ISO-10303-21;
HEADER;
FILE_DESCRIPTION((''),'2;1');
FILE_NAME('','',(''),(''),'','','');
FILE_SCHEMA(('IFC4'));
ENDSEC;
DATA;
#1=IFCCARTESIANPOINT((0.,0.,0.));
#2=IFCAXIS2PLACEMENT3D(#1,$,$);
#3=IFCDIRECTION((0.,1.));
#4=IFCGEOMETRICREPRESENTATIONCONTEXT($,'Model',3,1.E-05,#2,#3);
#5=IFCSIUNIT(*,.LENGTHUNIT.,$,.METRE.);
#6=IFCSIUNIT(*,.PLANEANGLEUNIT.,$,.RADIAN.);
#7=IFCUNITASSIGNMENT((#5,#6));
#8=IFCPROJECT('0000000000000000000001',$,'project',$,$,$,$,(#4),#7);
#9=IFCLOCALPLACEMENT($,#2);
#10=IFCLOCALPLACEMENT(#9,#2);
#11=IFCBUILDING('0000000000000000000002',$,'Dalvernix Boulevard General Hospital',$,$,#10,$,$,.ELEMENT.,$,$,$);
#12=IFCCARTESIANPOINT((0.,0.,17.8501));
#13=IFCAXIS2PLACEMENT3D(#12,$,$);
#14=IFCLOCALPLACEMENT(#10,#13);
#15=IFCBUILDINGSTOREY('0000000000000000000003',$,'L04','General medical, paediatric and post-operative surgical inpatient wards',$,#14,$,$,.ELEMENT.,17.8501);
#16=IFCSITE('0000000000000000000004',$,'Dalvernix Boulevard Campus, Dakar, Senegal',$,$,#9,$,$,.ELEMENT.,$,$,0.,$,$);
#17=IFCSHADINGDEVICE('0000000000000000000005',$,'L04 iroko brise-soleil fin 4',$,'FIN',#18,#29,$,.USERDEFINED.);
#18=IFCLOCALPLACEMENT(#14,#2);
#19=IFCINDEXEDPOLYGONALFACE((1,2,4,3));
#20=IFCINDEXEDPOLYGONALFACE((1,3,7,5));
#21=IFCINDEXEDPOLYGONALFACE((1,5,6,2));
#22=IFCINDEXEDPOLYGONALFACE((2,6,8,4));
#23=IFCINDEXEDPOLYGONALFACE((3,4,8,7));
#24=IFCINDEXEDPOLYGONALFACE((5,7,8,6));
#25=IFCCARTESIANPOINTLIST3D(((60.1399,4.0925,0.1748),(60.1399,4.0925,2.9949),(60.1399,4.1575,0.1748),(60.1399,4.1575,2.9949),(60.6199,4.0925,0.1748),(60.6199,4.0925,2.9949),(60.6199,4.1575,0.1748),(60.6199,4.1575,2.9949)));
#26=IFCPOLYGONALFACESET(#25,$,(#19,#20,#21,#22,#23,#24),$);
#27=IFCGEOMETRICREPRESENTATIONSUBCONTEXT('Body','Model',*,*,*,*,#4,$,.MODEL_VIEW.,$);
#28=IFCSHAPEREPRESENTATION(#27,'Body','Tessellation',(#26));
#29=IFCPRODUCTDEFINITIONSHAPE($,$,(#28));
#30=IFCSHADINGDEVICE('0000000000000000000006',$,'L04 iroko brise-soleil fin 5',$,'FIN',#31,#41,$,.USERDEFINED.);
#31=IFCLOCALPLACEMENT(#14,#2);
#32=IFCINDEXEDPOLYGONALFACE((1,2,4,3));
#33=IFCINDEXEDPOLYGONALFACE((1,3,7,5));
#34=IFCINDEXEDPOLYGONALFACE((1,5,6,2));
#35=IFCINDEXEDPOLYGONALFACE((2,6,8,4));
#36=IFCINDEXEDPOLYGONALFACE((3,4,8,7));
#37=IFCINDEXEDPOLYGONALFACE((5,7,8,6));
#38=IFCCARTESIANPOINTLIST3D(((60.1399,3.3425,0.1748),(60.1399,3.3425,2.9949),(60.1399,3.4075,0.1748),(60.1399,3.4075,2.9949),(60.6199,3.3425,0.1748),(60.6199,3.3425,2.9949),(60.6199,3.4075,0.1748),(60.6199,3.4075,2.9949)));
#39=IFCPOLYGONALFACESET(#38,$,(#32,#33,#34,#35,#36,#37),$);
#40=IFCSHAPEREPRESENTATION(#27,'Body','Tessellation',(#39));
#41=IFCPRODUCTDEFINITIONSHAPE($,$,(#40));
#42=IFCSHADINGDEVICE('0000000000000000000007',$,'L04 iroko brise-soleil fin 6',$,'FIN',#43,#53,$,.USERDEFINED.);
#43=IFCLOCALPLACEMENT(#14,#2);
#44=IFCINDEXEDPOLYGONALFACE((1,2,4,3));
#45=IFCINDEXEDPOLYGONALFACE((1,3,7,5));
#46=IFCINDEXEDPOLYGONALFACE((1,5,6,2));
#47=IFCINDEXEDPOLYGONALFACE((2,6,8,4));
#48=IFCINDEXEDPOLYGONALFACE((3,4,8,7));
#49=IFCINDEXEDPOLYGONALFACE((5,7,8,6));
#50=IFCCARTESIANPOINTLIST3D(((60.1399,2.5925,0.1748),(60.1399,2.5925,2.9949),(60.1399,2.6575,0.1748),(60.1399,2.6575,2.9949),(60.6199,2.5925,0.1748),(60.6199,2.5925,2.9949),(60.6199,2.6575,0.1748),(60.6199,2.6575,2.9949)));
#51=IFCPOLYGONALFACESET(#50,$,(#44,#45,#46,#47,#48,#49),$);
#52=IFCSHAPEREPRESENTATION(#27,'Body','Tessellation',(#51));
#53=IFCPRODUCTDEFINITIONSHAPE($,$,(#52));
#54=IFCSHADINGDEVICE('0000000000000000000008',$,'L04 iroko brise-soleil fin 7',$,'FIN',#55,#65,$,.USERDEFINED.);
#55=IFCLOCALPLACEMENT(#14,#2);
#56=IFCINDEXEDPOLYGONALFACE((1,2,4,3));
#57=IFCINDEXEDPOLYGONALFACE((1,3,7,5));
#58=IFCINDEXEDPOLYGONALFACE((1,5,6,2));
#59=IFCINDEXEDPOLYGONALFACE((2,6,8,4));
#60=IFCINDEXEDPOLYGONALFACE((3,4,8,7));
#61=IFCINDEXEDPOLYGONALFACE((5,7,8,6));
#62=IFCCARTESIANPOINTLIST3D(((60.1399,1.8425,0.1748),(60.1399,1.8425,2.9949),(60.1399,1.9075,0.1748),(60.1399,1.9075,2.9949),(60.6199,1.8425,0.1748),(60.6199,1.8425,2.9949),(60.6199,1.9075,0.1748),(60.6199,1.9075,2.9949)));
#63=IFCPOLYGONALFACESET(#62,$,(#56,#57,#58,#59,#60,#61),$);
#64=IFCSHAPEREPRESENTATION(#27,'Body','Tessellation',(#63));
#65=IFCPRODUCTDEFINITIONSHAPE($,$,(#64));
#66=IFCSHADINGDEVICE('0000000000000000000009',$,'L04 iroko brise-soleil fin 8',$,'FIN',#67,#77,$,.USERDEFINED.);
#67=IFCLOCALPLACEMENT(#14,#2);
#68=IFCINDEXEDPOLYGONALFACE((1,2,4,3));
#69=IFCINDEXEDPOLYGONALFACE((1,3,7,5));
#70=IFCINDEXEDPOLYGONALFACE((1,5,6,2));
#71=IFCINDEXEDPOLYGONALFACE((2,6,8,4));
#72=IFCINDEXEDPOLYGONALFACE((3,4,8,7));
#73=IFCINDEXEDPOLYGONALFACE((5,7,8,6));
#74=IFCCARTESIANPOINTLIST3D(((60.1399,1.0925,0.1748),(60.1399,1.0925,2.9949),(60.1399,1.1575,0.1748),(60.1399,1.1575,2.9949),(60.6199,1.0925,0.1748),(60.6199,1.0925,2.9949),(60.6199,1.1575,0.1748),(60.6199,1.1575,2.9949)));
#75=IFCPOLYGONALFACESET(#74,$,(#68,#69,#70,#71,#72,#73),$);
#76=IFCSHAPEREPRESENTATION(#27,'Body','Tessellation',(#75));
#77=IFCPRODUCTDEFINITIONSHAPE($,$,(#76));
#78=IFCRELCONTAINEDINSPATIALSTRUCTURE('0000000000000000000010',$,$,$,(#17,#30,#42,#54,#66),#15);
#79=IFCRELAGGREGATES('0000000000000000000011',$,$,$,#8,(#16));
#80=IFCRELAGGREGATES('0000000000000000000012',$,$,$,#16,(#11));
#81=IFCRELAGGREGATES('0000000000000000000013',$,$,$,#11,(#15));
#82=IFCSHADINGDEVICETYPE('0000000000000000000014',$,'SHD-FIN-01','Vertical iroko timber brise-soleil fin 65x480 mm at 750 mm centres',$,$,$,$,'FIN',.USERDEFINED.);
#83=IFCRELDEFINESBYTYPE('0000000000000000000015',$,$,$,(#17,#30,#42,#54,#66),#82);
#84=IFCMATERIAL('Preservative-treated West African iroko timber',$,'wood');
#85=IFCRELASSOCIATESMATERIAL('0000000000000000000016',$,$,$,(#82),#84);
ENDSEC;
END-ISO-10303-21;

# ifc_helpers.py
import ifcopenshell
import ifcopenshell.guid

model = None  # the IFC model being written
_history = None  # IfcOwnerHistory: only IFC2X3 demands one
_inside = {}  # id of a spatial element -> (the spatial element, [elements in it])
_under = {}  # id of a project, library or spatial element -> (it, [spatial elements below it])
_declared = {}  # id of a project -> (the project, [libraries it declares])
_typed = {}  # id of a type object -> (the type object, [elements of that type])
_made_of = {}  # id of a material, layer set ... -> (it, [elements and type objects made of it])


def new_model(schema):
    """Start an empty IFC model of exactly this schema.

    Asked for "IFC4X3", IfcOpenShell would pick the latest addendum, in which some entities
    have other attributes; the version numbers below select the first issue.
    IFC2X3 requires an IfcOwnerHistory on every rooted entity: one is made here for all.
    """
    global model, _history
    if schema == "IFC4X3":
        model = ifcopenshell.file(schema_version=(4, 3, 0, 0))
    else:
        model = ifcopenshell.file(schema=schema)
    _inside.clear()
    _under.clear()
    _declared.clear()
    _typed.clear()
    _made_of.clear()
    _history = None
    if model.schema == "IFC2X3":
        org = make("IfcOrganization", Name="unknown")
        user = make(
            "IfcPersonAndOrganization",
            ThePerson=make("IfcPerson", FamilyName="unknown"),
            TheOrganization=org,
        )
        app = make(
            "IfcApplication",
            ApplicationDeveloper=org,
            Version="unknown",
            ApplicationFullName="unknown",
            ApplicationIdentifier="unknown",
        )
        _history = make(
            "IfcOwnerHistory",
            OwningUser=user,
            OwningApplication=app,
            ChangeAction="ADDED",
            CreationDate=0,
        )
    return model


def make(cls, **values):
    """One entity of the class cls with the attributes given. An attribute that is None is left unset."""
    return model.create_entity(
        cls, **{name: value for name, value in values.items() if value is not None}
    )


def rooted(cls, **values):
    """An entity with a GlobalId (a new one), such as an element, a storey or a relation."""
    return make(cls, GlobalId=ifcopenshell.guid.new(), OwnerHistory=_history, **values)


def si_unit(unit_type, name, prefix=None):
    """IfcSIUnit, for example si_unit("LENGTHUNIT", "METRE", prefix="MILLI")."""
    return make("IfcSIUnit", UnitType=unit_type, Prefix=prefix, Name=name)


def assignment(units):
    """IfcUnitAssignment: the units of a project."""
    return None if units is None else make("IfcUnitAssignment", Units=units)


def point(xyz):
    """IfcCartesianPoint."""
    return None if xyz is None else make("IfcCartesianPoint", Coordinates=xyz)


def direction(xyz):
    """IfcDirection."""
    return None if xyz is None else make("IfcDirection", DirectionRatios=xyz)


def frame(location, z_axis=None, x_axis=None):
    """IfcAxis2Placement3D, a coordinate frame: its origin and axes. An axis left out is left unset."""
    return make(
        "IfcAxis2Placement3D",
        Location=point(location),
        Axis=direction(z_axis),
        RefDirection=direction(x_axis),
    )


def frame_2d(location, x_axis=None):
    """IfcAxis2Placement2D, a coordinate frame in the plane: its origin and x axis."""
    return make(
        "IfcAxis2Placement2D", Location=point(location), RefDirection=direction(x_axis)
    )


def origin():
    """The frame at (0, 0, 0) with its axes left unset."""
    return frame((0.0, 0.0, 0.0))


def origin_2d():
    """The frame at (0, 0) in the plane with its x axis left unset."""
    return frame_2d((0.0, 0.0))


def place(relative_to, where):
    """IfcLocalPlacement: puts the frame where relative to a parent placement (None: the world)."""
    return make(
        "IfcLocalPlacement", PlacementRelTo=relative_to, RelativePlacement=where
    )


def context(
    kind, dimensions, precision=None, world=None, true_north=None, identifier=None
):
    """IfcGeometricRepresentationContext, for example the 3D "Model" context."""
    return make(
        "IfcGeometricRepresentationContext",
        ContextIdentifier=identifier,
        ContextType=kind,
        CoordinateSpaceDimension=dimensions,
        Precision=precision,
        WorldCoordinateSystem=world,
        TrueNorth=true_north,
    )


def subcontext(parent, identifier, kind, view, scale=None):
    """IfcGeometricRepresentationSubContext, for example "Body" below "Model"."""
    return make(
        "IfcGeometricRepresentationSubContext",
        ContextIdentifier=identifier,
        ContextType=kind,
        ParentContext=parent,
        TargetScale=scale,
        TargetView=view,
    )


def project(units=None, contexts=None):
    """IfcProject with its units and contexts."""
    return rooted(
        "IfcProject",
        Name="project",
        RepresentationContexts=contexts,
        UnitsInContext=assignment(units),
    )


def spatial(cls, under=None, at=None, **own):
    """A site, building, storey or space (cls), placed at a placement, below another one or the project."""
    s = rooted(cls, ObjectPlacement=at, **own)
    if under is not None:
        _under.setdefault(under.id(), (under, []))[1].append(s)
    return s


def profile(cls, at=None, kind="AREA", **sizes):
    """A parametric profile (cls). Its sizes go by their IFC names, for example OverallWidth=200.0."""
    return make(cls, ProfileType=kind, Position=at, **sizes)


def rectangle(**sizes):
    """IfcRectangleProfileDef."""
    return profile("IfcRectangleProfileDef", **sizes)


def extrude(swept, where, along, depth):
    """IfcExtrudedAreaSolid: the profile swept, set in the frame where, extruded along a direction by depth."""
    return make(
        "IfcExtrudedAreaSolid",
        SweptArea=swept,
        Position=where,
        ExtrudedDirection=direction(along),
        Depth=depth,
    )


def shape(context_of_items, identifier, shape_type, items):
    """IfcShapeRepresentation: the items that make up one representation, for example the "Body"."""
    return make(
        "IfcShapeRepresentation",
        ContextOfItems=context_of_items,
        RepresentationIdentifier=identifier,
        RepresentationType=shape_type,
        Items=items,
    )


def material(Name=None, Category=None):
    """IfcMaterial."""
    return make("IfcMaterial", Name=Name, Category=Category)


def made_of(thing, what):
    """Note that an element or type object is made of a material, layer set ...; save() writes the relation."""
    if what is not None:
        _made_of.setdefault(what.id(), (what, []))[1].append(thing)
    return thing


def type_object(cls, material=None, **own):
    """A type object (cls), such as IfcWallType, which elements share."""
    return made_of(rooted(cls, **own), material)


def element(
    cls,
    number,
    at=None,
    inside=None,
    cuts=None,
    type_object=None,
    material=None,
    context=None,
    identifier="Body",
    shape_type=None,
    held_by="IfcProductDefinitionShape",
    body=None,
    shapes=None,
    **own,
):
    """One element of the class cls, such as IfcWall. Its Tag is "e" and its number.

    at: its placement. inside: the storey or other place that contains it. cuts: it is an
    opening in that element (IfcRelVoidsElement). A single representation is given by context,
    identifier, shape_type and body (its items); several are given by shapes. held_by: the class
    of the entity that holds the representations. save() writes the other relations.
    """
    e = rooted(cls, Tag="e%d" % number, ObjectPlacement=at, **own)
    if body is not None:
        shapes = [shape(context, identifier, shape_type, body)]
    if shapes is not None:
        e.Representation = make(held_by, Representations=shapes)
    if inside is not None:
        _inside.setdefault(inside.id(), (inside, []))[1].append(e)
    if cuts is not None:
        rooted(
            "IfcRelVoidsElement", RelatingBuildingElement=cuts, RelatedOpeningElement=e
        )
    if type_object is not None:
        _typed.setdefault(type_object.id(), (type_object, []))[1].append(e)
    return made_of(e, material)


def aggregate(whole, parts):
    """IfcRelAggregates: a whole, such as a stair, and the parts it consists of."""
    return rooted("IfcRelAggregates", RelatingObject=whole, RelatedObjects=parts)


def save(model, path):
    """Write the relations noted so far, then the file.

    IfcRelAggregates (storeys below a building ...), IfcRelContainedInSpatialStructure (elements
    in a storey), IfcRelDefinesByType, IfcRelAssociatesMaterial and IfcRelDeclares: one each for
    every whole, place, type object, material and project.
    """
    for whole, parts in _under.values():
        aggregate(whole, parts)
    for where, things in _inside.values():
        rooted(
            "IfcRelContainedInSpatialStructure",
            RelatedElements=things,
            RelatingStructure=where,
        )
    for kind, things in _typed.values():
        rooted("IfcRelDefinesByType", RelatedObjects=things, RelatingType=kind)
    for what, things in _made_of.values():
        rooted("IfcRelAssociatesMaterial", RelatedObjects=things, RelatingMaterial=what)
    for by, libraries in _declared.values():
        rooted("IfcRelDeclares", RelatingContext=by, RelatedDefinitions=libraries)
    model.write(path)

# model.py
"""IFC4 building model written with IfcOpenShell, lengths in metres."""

from ifc_helpers import new_model, si_unit, direction, frame, origin, origin_2d, place, context, subcontext, project, spatial, rectangle, extrude, material, type_object, element, save


model = new_model("IFC4")

# Units and contexts
model_context = context("Model", 3, precision=1e-05, world=origin(), true_north=direction((0.0, 1.0)))
body_context = subcontext(model_context, "Body", "Model", "MODEL_VIEW")
ifc_project = project(units=[si_unit("LENGTHUNIT", "METRE"), si_unit("PLANEANGLEUNIT", "RADIAN")], contexts=[model_context])

# Site, building, storey
site_placement = place(None, origin())
site = spatial("IfcSite", under=ifc_project, at=site_placement, Name="Dalvernix Boulevard Campus, Dakar, Senegal", CompositionType="ELEMENT", RefElevation=0.0)
building_placement = place(site_placement, origin())
building = spatial("IfcBuilding", under=site, at=building_placement, Name="Dalvernix Boulevard General Hospital", CompositionType="ELEMENT")
storey_placement = place(building_placement, frame((0.0, 0.0, 17.8501)))
storey = spatial("IfcBuildingStorey", under=building, at=storey_placement, Name="L04", Description="General medical, paediatric and post-operative surgical inpatient wards", CompositionType="ELEMENT", Elevation=17.8501)

# Shading devices
ifc_material_1 = material(Name="Preservative-treated West African iroko timber", Category="wood")
shading_device_type = type_object("IfcShadingDeviceType", Name="SHD-FIN-01", Description="Vertical iroko timber brise-soleil fin 65x480 mm at 750 mm centres", ElementType="FIN", PredefinedType="USERDEFINED", material=ifc_material_1)
for number, where, z_axis, x_axis, name in (
    (1, (60.3799, 4.125, 0.1748), (0.0, 0.0, 1.0), (0.0, -1.0, 0.0), "L04 iroko brise-soleil fin 4"),
    (2, (60.3799, 3.375, 0.1748), (0.0, 0.0, 1.0), (0.0, -1.0, 0.0), "L04 iroko brise-soleil fin 5"),
    (3, (60.3799, 2.625, 0.1748), (0.0, 0.0, 1.0), (0.0, -1.0, 0.0), "L04 iroko brise-soleil fin 6"),
    (4, (60.3799, 1.875, 0.1748), (0.0, 0.0, 1.0), (0.0, -1.0, 0.0), "L04 iroko brise-soleil fin 7"),
    (5, (60.3799, 1.125, 0.1748), (0.0, 0.0, 1.0), (0.0, -1.0, 0.0), "L04 iroko brise-soleil fin 8"),
):
    element("IfcShadingDevice", number, at=place(storey_placement, frame(where, z_axis=z_axis, x_axis=x_axis)), inside=storey, type_object=shading_device_type, Name=name, ObjectType="FIN", PredefinedType="USERDEFINED", context=body_context, shape_type="SweptSolid", body=[
        extrude(rectangle(XDim=0.0649, YDim=0.48, at=origin_2d()), origin(), (0.0, 0.0, 1.0), 2.8201),
    ])

save(model, "model.ifc")
